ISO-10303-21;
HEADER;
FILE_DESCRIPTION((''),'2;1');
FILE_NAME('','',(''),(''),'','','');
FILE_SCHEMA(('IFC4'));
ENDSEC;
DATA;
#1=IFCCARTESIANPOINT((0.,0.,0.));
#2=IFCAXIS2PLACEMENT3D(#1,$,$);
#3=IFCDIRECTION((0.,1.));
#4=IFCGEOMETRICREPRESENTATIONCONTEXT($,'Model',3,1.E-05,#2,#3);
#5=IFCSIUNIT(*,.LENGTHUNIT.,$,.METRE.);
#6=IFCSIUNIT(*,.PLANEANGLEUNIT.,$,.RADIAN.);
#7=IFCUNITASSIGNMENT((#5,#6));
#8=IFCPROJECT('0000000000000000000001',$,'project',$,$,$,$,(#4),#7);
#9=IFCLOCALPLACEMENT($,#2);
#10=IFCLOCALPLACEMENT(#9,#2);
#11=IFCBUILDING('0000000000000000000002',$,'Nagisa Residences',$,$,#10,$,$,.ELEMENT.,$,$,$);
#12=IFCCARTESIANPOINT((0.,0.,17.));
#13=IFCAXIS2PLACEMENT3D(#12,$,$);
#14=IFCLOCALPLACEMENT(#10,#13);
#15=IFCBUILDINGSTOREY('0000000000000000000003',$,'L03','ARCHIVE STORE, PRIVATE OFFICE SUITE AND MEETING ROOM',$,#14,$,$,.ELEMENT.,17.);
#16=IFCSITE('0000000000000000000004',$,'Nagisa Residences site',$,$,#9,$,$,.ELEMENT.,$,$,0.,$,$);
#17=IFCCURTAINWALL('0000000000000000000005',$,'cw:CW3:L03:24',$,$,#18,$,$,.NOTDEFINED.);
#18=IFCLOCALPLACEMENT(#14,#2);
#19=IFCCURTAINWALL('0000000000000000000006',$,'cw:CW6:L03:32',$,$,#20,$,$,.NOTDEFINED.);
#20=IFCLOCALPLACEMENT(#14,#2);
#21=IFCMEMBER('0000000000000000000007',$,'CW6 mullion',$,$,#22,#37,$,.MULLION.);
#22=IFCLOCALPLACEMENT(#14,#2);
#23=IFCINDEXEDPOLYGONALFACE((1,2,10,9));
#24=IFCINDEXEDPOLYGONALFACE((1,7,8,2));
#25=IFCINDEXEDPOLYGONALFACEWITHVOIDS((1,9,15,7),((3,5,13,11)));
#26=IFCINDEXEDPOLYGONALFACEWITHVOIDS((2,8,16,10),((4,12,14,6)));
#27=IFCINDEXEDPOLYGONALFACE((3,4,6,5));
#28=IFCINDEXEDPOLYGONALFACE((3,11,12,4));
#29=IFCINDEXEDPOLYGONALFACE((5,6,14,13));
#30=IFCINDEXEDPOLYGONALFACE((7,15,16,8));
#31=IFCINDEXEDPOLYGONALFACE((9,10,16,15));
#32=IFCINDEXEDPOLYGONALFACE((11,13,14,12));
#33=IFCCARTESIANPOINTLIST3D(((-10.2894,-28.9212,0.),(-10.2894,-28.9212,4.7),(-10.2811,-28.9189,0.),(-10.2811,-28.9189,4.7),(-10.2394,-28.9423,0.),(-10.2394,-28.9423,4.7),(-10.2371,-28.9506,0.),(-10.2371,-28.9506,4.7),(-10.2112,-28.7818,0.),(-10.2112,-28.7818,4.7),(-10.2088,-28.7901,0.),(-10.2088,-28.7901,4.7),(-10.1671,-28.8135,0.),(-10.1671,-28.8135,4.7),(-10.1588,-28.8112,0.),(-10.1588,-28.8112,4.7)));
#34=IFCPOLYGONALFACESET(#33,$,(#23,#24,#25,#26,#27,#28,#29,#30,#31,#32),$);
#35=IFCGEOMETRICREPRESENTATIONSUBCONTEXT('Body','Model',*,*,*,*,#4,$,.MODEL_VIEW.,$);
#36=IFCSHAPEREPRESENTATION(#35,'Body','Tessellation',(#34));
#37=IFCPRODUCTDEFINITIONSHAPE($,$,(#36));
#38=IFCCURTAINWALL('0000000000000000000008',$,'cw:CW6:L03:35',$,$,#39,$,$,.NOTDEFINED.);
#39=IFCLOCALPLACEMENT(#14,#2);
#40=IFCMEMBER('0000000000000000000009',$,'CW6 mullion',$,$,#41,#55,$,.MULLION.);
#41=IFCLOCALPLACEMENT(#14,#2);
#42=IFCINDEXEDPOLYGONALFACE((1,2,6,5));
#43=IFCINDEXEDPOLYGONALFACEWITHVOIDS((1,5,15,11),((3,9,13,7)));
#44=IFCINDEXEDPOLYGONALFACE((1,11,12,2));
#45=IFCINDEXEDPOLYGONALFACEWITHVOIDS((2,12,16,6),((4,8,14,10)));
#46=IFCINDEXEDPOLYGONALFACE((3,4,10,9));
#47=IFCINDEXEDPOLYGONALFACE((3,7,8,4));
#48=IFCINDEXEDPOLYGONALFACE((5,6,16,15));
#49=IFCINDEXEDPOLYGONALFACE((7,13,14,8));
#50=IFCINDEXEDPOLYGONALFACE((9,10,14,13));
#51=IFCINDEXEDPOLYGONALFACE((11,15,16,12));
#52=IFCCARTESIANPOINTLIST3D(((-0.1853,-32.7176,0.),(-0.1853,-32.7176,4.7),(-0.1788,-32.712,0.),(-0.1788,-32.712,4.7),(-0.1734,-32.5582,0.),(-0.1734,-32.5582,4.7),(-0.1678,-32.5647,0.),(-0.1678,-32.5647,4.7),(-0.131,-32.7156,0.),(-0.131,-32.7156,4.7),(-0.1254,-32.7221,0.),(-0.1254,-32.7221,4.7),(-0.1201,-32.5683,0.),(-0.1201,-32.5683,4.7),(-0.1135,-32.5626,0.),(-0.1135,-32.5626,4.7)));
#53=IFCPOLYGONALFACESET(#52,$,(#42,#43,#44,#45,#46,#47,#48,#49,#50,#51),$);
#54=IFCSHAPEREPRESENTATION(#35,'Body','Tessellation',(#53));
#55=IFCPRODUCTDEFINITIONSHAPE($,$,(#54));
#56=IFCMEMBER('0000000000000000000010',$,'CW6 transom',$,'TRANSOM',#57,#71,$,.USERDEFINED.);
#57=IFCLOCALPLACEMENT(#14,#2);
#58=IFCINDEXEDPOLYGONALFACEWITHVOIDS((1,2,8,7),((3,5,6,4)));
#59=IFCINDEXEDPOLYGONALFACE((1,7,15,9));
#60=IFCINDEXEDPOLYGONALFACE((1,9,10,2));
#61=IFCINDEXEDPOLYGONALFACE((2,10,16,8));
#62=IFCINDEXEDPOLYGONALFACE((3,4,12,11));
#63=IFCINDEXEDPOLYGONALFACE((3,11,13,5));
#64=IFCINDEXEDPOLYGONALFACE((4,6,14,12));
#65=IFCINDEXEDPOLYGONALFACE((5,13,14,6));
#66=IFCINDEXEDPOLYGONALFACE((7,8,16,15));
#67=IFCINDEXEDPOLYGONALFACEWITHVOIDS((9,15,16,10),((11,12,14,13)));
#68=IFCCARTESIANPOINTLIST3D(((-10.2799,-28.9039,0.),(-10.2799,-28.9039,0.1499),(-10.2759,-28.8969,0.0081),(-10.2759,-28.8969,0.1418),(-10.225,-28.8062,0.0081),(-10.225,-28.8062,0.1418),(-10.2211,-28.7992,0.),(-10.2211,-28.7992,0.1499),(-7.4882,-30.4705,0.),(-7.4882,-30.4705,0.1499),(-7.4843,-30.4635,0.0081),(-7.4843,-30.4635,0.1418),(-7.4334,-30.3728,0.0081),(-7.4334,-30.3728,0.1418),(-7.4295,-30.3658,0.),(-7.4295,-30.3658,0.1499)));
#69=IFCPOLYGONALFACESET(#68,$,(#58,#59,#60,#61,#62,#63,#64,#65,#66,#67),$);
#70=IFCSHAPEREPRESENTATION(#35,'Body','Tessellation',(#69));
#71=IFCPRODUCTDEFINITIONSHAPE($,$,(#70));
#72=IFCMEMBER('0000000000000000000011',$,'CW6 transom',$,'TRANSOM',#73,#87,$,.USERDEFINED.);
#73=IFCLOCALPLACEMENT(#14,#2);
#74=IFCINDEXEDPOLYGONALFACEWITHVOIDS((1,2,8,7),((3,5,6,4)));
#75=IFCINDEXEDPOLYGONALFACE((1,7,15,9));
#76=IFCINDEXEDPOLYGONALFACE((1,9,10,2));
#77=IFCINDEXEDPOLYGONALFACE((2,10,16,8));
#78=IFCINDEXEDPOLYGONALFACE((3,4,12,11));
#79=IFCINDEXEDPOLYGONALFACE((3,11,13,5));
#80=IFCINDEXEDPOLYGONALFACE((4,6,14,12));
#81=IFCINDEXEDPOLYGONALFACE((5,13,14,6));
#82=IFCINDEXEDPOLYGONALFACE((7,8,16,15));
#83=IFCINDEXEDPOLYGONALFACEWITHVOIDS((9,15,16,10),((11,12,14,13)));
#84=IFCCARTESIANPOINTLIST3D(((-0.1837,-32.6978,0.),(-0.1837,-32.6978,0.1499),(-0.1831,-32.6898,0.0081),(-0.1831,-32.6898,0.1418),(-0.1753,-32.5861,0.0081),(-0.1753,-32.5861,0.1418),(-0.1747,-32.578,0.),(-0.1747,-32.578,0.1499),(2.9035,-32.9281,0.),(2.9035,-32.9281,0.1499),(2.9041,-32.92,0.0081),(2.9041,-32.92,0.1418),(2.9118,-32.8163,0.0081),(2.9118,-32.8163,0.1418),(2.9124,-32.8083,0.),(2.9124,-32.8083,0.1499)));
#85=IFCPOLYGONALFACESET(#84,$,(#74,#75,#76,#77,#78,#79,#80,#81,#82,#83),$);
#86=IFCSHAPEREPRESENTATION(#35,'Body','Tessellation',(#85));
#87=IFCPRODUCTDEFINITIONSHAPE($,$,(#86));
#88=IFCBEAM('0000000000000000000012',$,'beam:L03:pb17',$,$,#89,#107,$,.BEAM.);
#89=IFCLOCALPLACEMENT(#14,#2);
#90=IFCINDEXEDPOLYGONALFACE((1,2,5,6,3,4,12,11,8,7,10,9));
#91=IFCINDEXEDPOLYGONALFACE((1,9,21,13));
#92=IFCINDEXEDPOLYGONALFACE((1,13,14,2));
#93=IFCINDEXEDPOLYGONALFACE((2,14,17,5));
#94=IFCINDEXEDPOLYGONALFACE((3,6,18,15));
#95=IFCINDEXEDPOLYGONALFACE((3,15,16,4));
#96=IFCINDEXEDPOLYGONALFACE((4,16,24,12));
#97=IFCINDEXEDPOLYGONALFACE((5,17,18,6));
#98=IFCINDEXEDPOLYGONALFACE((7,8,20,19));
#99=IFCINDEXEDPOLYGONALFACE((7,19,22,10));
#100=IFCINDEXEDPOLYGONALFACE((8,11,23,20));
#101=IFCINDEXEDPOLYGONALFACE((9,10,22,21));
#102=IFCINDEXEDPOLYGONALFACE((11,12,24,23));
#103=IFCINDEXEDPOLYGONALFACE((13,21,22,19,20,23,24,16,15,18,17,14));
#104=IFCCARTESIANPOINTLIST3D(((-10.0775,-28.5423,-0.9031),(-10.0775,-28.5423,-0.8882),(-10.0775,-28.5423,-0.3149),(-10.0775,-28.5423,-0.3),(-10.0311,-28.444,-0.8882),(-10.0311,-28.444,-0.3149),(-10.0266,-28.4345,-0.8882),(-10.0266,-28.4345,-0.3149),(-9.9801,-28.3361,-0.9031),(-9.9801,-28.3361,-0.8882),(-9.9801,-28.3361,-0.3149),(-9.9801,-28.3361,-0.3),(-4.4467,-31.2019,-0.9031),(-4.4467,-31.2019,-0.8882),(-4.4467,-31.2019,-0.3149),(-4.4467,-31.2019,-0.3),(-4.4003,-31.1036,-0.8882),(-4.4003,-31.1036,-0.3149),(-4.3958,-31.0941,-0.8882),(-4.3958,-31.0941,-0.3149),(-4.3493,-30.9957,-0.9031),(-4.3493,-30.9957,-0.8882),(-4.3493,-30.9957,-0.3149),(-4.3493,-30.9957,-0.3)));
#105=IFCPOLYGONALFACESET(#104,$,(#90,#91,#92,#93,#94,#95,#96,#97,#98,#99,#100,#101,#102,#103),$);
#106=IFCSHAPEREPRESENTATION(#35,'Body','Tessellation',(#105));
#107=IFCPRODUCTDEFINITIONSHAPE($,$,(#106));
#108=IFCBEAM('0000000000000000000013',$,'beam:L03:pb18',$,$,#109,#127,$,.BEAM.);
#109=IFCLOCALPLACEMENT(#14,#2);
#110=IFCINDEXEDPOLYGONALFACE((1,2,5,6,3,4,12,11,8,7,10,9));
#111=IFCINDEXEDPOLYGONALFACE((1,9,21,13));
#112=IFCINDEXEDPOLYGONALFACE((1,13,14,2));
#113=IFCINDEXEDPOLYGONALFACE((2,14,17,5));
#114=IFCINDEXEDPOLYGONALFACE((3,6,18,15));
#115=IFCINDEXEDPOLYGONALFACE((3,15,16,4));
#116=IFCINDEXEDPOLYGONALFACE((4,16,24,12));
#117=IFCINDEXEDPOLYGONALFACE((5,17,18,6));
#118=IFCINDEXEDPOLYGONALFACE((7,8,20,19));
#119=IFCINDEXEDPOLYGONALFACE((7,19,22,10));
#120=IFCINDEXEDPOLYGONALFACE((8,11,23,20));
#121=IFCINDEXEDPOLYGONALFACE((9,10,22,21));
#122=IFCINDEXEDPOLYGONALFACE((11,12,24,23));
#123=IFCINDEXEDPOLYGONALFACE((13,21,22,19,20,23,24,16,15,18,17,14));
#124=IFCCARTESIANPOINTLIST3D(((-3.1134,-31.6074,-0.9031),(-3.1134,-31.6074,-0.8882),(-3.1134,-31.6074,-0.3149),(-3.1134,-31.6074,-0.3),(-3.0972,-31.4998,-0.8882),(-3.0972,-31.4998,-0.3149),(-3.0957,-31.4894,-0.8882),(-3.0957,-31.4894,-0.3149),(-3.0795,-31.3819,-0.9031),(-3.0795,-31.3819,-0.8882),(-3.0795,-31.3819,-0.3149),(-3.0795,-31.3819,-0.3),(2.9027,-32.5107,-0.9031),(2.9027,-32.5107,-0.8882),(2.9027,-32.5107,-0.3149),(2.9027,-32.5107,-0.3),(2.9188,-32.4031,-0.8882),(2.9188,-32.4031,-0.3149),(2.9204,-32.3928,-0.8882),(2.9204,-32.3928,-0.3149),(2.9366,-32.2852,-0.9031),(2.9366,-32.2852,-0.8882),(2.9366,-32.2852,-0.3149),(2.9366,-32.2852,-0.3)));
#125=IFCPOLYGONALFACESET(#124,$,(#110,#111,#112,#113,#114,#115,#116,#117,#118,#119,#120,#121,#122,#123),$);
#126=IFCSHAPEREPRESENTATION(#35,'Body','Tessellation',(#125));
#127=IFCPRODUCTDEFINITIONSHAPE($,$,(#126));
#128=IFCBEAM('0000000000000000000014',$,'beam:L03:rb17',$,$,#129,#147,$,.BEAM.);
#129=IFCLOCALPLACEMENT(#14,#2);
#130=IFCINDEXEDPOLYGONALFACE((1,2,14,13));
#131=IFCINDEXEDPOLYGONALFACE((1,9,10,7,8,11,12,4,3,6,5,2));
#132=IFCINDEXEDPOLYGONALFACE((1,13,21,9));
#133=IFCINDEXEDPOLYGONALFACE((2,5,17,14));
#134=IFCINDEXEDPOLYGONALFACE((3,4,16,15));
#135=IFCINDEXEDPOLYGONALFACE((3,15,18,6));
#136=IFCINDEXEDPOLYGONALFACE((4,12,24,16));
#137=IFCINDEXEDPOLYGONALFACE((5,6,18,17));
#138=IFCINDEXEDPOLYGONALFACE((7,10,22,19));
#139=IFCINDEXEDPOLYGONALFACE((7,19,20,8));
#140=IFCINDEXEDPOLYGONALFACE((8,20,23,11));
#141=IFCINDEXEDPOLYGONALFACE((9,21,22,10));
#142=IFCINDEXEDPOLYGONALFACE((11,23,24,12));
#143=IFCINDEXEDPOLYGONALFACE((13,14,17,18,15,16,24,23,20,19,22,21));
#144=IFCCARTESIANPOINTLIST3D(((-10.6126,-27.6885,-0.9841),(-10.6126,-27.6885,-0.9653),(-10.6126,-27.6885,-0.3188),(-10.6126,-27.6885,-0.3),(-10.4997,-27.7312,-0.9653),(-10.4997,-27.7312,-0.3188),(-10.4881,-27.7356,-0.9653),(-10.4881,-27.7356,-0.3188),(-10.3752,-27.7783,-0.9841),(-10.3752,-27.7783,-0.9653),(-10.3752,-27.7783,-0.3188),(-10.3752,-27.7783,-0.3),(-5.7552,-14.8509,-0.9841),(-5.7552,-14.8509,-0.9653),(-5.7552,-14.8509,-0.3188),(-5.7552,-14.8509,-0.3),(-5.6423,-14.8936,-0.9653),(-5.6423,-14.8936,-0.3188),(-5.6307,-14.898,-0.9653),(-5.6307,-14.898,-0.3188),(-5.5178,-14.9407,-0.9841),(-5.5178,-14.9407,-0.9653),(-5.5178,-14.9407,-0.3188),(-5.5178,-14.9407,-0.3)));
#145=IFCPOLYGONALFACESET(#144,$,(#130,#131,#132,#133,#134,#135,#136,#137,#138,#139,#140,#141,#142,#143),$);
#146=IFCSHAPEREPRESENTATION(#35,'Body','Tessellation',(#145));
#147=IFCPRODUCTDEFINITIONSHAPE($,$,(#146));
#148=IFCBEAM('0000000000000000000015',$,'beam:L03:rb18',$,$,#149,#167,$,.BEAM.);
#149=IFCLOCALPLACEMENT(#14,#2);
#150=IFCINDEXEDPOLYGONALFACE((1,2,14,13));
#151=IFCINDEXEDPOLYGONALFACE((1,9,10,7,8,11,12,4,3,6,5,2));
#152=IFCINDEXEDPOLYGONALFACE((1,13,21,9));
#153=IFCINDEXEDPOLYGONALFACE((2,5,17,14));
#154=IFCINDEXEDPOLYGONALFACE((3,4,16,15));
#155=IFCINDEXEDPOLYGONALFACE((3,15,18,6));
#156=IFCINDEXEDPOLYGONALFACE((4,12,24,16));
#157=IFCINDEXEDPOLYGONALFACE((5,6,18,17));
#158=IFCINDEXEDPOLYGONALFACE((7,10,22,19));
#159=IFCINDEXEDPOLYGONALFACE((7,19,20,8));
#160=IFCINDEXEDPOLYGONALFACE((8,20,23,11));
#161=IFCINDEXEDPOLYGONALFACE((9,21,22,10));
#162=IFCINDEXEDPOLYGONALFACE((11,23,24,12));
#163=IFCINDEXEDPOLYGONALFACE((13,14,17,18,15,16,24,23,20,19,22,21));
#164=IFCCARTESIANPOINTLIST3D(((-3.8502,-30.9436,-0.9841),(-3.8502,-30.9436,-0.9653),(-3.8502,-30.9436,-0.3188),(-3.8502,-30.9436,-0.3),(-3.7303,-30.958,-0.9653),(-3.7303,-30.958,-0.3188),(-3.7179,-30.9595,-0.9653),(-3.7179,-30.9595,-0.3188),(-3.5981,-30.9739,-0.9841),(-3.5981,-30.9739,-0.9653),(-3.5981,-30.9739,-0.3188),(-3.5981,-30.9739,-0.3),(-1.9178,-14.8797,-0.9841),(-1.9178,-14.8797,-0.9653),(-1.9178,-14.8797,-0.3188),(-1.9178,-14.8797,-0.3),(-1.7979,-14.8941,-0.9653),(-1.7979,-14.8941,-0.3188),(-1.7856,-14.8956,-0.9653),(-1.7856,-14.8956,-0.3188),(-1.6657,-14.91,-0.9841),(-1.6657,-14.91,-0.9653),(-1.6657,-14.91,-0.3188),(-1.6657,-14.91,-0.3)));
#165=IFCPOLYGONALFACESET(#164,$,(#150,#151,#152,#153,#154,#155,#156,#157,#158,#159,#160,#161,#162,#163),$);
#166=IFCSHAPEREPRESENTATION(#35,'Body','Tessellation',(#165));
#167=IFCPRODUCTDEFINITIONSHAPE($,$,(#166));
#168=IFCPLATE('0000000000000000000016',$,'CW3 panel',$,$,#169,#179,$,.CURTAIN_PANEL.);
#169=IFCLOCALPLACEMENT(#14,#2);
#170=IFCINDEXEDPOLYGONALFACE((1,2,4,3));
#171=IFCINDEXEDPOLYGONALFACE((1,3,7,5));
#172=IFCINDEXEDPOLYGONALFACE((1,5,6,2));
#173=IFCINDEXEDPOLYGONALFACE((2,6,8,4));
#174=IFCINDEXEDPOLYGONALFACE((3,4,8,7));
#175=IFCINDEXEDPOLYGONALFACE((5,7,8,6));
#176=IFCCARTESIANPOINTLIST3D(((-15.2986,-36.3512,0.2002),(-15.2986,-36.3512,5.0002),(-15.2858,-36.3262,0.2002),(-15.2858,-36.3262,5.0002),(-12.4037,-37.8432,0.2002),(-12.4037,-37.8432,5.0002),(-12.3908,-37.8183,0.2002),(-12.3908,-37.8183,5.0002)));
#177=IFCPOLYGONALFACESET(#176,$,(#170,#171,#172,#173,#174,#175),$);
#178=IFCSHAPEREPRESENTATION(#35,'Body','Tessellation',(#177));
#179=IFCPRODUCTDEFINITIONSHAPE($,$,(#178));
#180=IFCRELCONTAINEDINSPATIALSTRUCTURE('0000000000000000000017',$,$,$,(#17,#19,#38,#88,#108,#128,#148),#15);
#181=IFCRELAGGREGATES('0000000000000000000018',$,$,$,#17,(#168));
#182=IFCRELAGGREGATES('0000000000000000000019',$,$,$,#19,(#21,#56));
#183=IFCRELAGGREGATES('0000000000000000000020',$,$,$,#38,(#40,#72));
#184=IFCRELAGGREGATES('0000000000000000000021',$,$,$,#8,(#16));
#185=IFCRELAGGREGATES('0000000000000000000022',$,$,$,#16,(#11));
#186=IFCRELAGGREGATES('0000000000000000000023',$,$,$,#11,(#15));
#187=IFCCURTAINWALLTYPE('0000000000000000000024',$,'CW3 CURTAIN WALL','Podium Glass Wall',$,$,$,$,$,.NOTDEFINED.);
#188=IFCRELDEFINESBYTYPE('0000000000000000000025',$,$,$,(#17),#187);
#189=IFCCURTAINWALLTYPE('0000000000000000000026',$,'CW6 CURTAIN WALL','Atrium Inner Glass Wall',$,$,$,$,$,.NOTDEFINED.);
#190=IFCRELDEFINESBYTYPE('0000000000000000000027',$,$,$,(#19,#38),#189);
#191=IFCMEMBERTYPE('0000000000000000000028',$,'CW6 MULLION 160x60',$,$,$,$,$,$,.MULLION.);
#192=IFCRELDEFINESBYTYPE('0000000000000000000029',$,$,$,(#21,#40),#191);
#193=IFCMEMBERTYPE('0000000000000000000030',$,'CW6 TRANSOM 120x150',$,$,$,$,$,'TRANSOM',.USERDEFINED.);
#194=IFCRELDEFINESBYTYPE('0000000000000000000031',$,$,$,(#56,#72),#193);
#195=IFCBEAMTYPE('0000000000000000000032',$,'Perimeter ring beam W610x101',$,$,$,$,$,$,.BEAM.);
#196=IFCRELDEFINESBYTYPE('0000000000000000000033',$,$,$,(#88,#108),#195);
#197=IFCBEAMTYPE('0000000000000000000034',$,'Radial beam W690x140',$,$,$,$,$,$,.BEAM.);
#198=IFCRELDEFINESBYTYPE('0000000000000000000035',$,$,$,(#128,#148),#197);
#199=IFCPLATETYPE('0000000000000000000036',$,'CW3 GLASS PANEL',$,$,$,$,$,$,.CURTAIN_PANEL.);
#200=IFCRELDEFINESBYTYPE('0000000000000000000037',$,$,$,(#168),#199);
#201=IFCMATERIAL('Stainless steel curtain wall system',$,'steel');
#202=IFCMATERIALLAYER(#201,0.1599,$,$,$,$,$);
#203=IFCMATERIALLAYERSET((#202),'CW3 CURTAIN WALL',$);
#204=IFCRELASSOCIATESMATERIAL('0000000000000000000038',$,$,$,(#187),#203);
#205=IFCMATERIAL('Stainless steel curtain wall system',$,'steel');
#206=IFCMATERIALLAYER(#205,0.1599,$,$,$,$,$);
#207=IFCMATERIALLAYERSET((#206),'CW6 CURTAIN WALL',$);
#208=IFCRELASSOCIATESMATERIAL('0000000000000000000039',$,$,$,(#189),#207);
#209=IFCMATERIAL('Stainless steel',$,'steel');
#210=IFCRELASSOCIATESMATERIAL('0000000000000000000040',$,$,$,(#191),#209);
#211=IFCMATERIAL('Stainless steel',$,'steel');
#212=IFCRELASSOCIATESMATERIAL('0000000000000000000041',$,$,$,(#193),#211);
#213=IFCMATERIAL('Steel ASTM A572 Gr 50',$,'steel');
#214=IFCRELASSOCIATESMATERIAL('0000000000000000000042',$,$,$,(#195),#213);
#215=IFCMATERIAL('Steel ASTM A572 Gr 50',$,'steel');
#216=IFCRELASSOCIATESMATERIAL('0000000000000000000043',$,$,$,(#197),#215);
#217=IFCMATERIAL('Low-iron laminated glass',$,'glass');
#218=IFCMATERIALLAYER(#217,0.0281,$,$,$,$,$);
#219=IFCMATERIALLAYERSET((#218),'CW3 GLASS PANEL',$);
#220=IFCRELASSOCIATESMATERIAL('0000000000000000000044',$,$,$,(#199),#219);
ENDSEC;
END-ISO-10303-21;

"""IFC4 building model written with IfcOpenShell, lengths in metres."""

from ifc_helpers import new_model, si_unit, direction, frame, origin, origin_2d, place, context, subcontext, project, spatial, rectangle, hollow_rectangle, i_section, extrude, material, layer, layer_set, material_profile, profile_set, type_object, element, aggregate, save


model = new_model("IFC4")

# Units and contexts
model_context = context("Model", 3, precision=1e-05, world=origin(), true_north=direction((0.0, 1.0)))
body_context = subcontext(model_context, "Body", "Model", "MODEL_VIEW")
ifc_project = project(units=[si_unit("LENGTHUNIT", "METRE"), si_unit("PLANEANGLEUNIT", "RADIAN")], contexts=[model_context])

# Site, building, storey
site_placement = place(None, origin())
site = spatial("IfcSite", under=ifc_project, at=site_placement, Name="Nagisa Residences site", CompositionType="ELEMENT", RefElevation=0.0)
building_placement = place(site_placement, origin())
building = spatial("IfcBuilding", under=site, at=building_placement, Name="Nagisa Residences", CompositionType="ELEMENT")
storey_placement = place(building_placement, frame((0.0, 0.0, 17.0)))
storey = spatial("IfcBuildingStorey", under=building, at=storey_placement, Name="L03", Description="ARCHIVE STORE, PRIVATE OFFICE SUITE AND MEETING ROOM", CompositionType="ELEMENT", Elevation=17.0)

# Curtain wall
ifc_material_1 = material(Name="Stainless steel curtain wall system", Category="steel")
ifc_layer_1 = layer(ifc_material_1, 0.1599)
ifc_layer_set_1 = layer_set([ifc_layer_1], Name="CW3 CURTAIN WALL")
curtain_wall_type_1 = type_object("IfcCurtainWallType", Name="CW3 CURTAIN WALL", Description="Podium Glass Wall", PredefinedType="NOTDEFINED", material=ifc_layer_set_1)
curtain_wall_1_placement = place(storey_placement, origin())
curtain_wall_1 = element("IfcCurtainWall", 1, at=curtain_wall_1_placement, inside=storey, type_object=curtain_wall_type_1, Name="cw:CW3:L03:24", PredefinedType="NOTDEFINED")

# Curtain walls, members
ifc_material_2 = material(Name="Stainless steel curtain wall system", Category="steel")
ifc_layer_2 = layer(ifc_material_2, 0.1599)
ifc_layer_set_2 = layer_set([ifc_layer_2], Name="CW6 CURTAIN WALL")
curtain_wall_type_2 = type_object("IfcCurtainWallType", Name="CW6 CURTAIN WALL", Description="Atrium Inner Glass Wall", PredefinedType="NOTDEFINED", material=ifc_layer_set_2)
curtain_wall_2_placement = place(storey_placement, origin())
curtain_wall_2 = element("IfcCurtainWall", 2, at=curtain_wall_2_placement, inside=storey, type_object=curtain_wall_type_2, Name="cw:CW6:L03:32", PredefinedType="NOTDEFINED")
ifc_material_3 = material(Name="Stainless steel", Category="steel")
ifc_material_profile_1 = material_profile(ifc_material_3, hollow_rectangle(XDim=0.1599, YDim=0.0601, WallThickness=0.0061, at=origin_2d()), Name="CW6 MULLION 160x60")
ifc_profile_set_1 = profile_set([ifc_material_profile_1], Name="Stainless steel")
member_type_1 = type_object("IfcMemberType", Name="CW6 MULLION 160x60", PredefinedType="MULLION", material=ifc_profile_set_1)
member_1_placement = place(storey_placement, frame((-10.2241, -28.8662, 0.0), z_axis=(0.0, 0.0, 1.0), x_axis=(0.489377, 0.872072, 0.0)))
member_1 = element("IfcMember", 3, at=member_1_placement, type_object=member_type_1, Name="CW6 mullion", PredefinedType="MULLION", context=body_context, shape_type="SweptSolid", body=[
    extrude(hollow_rectangle(XDim=0.1599, YDim=0.0601, WallThickness=0.0061, at=origin_2d()), origin(), (0.0, 0.0, 1.0), 4.7),
])
curtain_wall_3_placement = place(storey_placement, origin())
curtain_wall_3 = element("IfcCurtainWall", 4, at=curtain_wall_3_placement, inside=storey, type_object=curtain_wall_type_2, Name="cw:CW6:L03:35", PredefinedType="NOTDEFINED")
member_2_placement = place(storey_placement, frame((-0.1494, -32.6401, 0.0), z_axis=(0.0, 0.0, 1.0), x_axis=(0.074377, 0.99723, 0.0)))
member_2 = element("IfcMember", 5, at=member_2_placement, type_object=member_type_1, Name="CW6 mullion", PredefinedType="MULLION", context=body_context, shape_type="SweptSolid", body=[
    extrude(hollow_rectangle(XDim=0.1599, YDim=0.0601, WallThickness=0.0061, at=origin_2d()), origin(), (0.0, 0.0, 1.0), 4.7),
])

# Members
ifc_material_4 = material(Name="Stainless steel", Category="steel")
ifc_material_profile_2 = material_profile(ifc_material_4, hollow_rectangle(XDim=0.1201, YDim=0.1499, WallThickness=0.0081, at=origin_2d()), Name="CW6 TRANSOM 120x150")
ifc_profile_set_2 = profile_set([ifc_material_profile_2], Name="Stainless steel")
member_type_2 = type_object("IfcMemberType", Name="CW6 TRANSOM 120x150", ElementType="TRANSOM", PredefinedType="USERDEFINED", material=ifc_profile_set_2)
member_3_placement = place(storey_placement, frame((-10.2505, -28.8516, 0.075), z_axis=(0.87207, -0.489381, 0.0), x_axis=(0.489381, 0.87207, 0.0)))
member_3 = element("IfcMember", 6, at=member_3_placement, type_object=member_type_2, Name="CW6 transom", ObjectType="TRANSOM", PredefinedType="USERDEFINED", context=body_context, shape_type="SweptSolid", body=[
    extrude(hollow_rectangle(XDim=0.1201, YDim=0.1499, WallThickness=0.0081, at=origin_2d()), origin(), (0.0, 0.0, 1.0), 3.2012),
])
member_4_placement = place(storey_placement, frame((-0.1792, -32.6379, 0.075), z_axis=(0.997231, -0.074368, 0.0), x_axis=(0.074368, 0.997231, 0.0)))
member_4 = element("IfcMember", 7, at=member_4_placement, type_object=member_type_2, Name="CW6 transom", ObjectType="TRANSOM", PredefinedType="USERDEFINED", context=body_context, shape_type="SweptSolid", body=[
    extrude(hollow_rectangle(XDim=0.1201, YDim=0.1499, WallThickness=0.0081, at=origin_2d()), origin(), (0.0, 0.0, 1.0), 3.0957),
])

# Beams
ifc_material_5 = material(Name="Steel ASTM A572 Gr 50", Category="steel")
ifc_material_profile_3 = material_profile(ifc_material_5, i_section(OverallWidth=0.228, OverallDepth=0.603, WebThickness=0.0105, FlangeThickness=0.0149, at=origin_2d()), Name="W610x101")
ifc_profile_set_3 = profile_set([ifc_material_profile_3], Name="Steel ASTM A572 Gr 50")
beam_type_1 = type_object("IfcBeamType", Name="Perimeter ring beam W610x101", PredefinedType="BEAM", material=ifc_profile_set_3)
beam_1_placement = place(storey_placement, frame((-10.0288, -28.4392, -0.6016), z_axis=(0.904208, -0.427092, 0.0), x_axis=(0.427092, 0.904208, 0.0)))
element("IfcBeam", 8, at=beam_1_placement, inside=storey, type_object=beam_type_1, Name="beam:L03:pb17", PredefinedType="BEAM", context=body_context, shape_type="SweptSolid", body=[
    extrude(i_section(OverallWidth=0.228, OverallDepth=0.603, WebThickness=0.0105, FlangeThickness=0.0149, at=origin_2d()), origin(), (0.0, 0.0, 1.0), 6.2273),
])
beam_2_placement = place(storey_placement, frame((-3.0964, -31.4946, -0.6016), z_axis=(0.988915, -0.148486, 0.0), x_axis=(0.148486, 0.988915, 0.0)))
element("IfcBeam", 9, at=beam_2_placement, inside=storey, type_object=beam_type_1, Name="beam:L03:pb18", PredefinedType="BEAM", context=body_context, shape_type="SweptSolid", body=[
    extrude(i_section(OverallWidth=0.228, OverallDepth=0.603, WebThickness=0.0105, FlangeThickness=0.0149, at=origin_2d()), origin(), (0.0, 0.0, 1.0), 6.0835),
])
ifc_material_6 = material(Name="Steel ASTM A572 Gr 50", Category="steel")
ifc_material_profile_4 = material_profile(ifc_material_6, i_section(OverallWidth=0.2539, OverallDepth=0.6841, WebThickness=0.0125, FlangeThickness=0.0188, at=origin_2d()), Name="W690x140")
ifc_profile_set_4 = profile_set([ifc_material_profile_4], Name="Steel ASTM A572 Gr 50")
beam_type_2 = type_object("IfcBeamType", Name="Radial beam W690x140", PredefinedType="BEAM", material=ifc_profile_set_4)
beam_3_placement = place(storey_placement, frame((-10.4939, -27.7334, -0.6421), z_axis=(0.353888, 0.935288, 0.0), x_axis=(-0.935288, 0.353888, 0.0)))
element("IfcBeam", 10, at=beam_3_placement, inside=storey, type_object=beam_type_2, Name="beam:L03:rb17", PredefinedType="BEAM", context=body_context, shape_type="SweptSolid", body=[
    extrude(i_section(OverallWidth=0.2539, OverallDepth=0.6841, WebThickness=0.0125, FlangeThickness=0.0188, at=origin_2d()), origin(), (0.0, 0.0, 1.0), 13.7258),
])
beam_4_placement = place(storey_placement, frame((-3.7241, -30.9587, -0.6421), z_axis=(0.119431, 0.992842, 0.0), x_axis=(-0.992842, 0.119431, 0.0)))
element("IfcBeam", 11, at=beam_4_placement, inside=storey, type_object=beam_type_2, Name="beam:L03:rb18", PredefinedType="BEAM", context=body_context, shape_type="SweptSolid", body=[
    extrude(i_section(OverallWidth=0.2539, OverallDepth=0.6841, WebThickness=0.0125, FlangeThickness=0.0188, at=origin_2d()), origin(), (0.0, 0.0, 1.0), 16.1797),
])

# Plate
ifc_material_7 = material(Name="Low-iron laminated glass", Category="glass")
ifc_layer_3 = layer(ifc_material_7, 0.0281)
ifc_layer_set_3 = layer_set([ifc_layer_3], Name="CW3 GLASS PANEL")
plate_type_1 = type_object("IfcPlateType", Name="CW3 GLASS PANEL", PredefinedType="CURTAIN_PANEL", material=ifc_layer_set_3)
plate_1_placement = place(storey_placement, frame((-13.8447, -37.0847, 0.2002), z_axis=(0.0, 0.0, 1.0), x_axis=(0.888887, -0.458126, 0.0)))
plate_1 = element("IfcPlate", 12, at=plate_1_placement, type_object=plate_type_1, Name="CW3 panel", PredefinedType="CURTAIN_PANEL", context=body_context, shape_type="SweptSolid", body=[
    extrude(rectangle(XDim=3.2568, YDim=0.0281, at=origin_2d()), origin(), (0.0, 0.0, 1.0), 4.8),
])
aggregate(curtain_wall_1, [plate_1])

aggregate(curtain_wall_2, [member_1, member_3])
aggregate(curtain_wall_3, [member_2, member_4])

save(model, "model.ifc")
